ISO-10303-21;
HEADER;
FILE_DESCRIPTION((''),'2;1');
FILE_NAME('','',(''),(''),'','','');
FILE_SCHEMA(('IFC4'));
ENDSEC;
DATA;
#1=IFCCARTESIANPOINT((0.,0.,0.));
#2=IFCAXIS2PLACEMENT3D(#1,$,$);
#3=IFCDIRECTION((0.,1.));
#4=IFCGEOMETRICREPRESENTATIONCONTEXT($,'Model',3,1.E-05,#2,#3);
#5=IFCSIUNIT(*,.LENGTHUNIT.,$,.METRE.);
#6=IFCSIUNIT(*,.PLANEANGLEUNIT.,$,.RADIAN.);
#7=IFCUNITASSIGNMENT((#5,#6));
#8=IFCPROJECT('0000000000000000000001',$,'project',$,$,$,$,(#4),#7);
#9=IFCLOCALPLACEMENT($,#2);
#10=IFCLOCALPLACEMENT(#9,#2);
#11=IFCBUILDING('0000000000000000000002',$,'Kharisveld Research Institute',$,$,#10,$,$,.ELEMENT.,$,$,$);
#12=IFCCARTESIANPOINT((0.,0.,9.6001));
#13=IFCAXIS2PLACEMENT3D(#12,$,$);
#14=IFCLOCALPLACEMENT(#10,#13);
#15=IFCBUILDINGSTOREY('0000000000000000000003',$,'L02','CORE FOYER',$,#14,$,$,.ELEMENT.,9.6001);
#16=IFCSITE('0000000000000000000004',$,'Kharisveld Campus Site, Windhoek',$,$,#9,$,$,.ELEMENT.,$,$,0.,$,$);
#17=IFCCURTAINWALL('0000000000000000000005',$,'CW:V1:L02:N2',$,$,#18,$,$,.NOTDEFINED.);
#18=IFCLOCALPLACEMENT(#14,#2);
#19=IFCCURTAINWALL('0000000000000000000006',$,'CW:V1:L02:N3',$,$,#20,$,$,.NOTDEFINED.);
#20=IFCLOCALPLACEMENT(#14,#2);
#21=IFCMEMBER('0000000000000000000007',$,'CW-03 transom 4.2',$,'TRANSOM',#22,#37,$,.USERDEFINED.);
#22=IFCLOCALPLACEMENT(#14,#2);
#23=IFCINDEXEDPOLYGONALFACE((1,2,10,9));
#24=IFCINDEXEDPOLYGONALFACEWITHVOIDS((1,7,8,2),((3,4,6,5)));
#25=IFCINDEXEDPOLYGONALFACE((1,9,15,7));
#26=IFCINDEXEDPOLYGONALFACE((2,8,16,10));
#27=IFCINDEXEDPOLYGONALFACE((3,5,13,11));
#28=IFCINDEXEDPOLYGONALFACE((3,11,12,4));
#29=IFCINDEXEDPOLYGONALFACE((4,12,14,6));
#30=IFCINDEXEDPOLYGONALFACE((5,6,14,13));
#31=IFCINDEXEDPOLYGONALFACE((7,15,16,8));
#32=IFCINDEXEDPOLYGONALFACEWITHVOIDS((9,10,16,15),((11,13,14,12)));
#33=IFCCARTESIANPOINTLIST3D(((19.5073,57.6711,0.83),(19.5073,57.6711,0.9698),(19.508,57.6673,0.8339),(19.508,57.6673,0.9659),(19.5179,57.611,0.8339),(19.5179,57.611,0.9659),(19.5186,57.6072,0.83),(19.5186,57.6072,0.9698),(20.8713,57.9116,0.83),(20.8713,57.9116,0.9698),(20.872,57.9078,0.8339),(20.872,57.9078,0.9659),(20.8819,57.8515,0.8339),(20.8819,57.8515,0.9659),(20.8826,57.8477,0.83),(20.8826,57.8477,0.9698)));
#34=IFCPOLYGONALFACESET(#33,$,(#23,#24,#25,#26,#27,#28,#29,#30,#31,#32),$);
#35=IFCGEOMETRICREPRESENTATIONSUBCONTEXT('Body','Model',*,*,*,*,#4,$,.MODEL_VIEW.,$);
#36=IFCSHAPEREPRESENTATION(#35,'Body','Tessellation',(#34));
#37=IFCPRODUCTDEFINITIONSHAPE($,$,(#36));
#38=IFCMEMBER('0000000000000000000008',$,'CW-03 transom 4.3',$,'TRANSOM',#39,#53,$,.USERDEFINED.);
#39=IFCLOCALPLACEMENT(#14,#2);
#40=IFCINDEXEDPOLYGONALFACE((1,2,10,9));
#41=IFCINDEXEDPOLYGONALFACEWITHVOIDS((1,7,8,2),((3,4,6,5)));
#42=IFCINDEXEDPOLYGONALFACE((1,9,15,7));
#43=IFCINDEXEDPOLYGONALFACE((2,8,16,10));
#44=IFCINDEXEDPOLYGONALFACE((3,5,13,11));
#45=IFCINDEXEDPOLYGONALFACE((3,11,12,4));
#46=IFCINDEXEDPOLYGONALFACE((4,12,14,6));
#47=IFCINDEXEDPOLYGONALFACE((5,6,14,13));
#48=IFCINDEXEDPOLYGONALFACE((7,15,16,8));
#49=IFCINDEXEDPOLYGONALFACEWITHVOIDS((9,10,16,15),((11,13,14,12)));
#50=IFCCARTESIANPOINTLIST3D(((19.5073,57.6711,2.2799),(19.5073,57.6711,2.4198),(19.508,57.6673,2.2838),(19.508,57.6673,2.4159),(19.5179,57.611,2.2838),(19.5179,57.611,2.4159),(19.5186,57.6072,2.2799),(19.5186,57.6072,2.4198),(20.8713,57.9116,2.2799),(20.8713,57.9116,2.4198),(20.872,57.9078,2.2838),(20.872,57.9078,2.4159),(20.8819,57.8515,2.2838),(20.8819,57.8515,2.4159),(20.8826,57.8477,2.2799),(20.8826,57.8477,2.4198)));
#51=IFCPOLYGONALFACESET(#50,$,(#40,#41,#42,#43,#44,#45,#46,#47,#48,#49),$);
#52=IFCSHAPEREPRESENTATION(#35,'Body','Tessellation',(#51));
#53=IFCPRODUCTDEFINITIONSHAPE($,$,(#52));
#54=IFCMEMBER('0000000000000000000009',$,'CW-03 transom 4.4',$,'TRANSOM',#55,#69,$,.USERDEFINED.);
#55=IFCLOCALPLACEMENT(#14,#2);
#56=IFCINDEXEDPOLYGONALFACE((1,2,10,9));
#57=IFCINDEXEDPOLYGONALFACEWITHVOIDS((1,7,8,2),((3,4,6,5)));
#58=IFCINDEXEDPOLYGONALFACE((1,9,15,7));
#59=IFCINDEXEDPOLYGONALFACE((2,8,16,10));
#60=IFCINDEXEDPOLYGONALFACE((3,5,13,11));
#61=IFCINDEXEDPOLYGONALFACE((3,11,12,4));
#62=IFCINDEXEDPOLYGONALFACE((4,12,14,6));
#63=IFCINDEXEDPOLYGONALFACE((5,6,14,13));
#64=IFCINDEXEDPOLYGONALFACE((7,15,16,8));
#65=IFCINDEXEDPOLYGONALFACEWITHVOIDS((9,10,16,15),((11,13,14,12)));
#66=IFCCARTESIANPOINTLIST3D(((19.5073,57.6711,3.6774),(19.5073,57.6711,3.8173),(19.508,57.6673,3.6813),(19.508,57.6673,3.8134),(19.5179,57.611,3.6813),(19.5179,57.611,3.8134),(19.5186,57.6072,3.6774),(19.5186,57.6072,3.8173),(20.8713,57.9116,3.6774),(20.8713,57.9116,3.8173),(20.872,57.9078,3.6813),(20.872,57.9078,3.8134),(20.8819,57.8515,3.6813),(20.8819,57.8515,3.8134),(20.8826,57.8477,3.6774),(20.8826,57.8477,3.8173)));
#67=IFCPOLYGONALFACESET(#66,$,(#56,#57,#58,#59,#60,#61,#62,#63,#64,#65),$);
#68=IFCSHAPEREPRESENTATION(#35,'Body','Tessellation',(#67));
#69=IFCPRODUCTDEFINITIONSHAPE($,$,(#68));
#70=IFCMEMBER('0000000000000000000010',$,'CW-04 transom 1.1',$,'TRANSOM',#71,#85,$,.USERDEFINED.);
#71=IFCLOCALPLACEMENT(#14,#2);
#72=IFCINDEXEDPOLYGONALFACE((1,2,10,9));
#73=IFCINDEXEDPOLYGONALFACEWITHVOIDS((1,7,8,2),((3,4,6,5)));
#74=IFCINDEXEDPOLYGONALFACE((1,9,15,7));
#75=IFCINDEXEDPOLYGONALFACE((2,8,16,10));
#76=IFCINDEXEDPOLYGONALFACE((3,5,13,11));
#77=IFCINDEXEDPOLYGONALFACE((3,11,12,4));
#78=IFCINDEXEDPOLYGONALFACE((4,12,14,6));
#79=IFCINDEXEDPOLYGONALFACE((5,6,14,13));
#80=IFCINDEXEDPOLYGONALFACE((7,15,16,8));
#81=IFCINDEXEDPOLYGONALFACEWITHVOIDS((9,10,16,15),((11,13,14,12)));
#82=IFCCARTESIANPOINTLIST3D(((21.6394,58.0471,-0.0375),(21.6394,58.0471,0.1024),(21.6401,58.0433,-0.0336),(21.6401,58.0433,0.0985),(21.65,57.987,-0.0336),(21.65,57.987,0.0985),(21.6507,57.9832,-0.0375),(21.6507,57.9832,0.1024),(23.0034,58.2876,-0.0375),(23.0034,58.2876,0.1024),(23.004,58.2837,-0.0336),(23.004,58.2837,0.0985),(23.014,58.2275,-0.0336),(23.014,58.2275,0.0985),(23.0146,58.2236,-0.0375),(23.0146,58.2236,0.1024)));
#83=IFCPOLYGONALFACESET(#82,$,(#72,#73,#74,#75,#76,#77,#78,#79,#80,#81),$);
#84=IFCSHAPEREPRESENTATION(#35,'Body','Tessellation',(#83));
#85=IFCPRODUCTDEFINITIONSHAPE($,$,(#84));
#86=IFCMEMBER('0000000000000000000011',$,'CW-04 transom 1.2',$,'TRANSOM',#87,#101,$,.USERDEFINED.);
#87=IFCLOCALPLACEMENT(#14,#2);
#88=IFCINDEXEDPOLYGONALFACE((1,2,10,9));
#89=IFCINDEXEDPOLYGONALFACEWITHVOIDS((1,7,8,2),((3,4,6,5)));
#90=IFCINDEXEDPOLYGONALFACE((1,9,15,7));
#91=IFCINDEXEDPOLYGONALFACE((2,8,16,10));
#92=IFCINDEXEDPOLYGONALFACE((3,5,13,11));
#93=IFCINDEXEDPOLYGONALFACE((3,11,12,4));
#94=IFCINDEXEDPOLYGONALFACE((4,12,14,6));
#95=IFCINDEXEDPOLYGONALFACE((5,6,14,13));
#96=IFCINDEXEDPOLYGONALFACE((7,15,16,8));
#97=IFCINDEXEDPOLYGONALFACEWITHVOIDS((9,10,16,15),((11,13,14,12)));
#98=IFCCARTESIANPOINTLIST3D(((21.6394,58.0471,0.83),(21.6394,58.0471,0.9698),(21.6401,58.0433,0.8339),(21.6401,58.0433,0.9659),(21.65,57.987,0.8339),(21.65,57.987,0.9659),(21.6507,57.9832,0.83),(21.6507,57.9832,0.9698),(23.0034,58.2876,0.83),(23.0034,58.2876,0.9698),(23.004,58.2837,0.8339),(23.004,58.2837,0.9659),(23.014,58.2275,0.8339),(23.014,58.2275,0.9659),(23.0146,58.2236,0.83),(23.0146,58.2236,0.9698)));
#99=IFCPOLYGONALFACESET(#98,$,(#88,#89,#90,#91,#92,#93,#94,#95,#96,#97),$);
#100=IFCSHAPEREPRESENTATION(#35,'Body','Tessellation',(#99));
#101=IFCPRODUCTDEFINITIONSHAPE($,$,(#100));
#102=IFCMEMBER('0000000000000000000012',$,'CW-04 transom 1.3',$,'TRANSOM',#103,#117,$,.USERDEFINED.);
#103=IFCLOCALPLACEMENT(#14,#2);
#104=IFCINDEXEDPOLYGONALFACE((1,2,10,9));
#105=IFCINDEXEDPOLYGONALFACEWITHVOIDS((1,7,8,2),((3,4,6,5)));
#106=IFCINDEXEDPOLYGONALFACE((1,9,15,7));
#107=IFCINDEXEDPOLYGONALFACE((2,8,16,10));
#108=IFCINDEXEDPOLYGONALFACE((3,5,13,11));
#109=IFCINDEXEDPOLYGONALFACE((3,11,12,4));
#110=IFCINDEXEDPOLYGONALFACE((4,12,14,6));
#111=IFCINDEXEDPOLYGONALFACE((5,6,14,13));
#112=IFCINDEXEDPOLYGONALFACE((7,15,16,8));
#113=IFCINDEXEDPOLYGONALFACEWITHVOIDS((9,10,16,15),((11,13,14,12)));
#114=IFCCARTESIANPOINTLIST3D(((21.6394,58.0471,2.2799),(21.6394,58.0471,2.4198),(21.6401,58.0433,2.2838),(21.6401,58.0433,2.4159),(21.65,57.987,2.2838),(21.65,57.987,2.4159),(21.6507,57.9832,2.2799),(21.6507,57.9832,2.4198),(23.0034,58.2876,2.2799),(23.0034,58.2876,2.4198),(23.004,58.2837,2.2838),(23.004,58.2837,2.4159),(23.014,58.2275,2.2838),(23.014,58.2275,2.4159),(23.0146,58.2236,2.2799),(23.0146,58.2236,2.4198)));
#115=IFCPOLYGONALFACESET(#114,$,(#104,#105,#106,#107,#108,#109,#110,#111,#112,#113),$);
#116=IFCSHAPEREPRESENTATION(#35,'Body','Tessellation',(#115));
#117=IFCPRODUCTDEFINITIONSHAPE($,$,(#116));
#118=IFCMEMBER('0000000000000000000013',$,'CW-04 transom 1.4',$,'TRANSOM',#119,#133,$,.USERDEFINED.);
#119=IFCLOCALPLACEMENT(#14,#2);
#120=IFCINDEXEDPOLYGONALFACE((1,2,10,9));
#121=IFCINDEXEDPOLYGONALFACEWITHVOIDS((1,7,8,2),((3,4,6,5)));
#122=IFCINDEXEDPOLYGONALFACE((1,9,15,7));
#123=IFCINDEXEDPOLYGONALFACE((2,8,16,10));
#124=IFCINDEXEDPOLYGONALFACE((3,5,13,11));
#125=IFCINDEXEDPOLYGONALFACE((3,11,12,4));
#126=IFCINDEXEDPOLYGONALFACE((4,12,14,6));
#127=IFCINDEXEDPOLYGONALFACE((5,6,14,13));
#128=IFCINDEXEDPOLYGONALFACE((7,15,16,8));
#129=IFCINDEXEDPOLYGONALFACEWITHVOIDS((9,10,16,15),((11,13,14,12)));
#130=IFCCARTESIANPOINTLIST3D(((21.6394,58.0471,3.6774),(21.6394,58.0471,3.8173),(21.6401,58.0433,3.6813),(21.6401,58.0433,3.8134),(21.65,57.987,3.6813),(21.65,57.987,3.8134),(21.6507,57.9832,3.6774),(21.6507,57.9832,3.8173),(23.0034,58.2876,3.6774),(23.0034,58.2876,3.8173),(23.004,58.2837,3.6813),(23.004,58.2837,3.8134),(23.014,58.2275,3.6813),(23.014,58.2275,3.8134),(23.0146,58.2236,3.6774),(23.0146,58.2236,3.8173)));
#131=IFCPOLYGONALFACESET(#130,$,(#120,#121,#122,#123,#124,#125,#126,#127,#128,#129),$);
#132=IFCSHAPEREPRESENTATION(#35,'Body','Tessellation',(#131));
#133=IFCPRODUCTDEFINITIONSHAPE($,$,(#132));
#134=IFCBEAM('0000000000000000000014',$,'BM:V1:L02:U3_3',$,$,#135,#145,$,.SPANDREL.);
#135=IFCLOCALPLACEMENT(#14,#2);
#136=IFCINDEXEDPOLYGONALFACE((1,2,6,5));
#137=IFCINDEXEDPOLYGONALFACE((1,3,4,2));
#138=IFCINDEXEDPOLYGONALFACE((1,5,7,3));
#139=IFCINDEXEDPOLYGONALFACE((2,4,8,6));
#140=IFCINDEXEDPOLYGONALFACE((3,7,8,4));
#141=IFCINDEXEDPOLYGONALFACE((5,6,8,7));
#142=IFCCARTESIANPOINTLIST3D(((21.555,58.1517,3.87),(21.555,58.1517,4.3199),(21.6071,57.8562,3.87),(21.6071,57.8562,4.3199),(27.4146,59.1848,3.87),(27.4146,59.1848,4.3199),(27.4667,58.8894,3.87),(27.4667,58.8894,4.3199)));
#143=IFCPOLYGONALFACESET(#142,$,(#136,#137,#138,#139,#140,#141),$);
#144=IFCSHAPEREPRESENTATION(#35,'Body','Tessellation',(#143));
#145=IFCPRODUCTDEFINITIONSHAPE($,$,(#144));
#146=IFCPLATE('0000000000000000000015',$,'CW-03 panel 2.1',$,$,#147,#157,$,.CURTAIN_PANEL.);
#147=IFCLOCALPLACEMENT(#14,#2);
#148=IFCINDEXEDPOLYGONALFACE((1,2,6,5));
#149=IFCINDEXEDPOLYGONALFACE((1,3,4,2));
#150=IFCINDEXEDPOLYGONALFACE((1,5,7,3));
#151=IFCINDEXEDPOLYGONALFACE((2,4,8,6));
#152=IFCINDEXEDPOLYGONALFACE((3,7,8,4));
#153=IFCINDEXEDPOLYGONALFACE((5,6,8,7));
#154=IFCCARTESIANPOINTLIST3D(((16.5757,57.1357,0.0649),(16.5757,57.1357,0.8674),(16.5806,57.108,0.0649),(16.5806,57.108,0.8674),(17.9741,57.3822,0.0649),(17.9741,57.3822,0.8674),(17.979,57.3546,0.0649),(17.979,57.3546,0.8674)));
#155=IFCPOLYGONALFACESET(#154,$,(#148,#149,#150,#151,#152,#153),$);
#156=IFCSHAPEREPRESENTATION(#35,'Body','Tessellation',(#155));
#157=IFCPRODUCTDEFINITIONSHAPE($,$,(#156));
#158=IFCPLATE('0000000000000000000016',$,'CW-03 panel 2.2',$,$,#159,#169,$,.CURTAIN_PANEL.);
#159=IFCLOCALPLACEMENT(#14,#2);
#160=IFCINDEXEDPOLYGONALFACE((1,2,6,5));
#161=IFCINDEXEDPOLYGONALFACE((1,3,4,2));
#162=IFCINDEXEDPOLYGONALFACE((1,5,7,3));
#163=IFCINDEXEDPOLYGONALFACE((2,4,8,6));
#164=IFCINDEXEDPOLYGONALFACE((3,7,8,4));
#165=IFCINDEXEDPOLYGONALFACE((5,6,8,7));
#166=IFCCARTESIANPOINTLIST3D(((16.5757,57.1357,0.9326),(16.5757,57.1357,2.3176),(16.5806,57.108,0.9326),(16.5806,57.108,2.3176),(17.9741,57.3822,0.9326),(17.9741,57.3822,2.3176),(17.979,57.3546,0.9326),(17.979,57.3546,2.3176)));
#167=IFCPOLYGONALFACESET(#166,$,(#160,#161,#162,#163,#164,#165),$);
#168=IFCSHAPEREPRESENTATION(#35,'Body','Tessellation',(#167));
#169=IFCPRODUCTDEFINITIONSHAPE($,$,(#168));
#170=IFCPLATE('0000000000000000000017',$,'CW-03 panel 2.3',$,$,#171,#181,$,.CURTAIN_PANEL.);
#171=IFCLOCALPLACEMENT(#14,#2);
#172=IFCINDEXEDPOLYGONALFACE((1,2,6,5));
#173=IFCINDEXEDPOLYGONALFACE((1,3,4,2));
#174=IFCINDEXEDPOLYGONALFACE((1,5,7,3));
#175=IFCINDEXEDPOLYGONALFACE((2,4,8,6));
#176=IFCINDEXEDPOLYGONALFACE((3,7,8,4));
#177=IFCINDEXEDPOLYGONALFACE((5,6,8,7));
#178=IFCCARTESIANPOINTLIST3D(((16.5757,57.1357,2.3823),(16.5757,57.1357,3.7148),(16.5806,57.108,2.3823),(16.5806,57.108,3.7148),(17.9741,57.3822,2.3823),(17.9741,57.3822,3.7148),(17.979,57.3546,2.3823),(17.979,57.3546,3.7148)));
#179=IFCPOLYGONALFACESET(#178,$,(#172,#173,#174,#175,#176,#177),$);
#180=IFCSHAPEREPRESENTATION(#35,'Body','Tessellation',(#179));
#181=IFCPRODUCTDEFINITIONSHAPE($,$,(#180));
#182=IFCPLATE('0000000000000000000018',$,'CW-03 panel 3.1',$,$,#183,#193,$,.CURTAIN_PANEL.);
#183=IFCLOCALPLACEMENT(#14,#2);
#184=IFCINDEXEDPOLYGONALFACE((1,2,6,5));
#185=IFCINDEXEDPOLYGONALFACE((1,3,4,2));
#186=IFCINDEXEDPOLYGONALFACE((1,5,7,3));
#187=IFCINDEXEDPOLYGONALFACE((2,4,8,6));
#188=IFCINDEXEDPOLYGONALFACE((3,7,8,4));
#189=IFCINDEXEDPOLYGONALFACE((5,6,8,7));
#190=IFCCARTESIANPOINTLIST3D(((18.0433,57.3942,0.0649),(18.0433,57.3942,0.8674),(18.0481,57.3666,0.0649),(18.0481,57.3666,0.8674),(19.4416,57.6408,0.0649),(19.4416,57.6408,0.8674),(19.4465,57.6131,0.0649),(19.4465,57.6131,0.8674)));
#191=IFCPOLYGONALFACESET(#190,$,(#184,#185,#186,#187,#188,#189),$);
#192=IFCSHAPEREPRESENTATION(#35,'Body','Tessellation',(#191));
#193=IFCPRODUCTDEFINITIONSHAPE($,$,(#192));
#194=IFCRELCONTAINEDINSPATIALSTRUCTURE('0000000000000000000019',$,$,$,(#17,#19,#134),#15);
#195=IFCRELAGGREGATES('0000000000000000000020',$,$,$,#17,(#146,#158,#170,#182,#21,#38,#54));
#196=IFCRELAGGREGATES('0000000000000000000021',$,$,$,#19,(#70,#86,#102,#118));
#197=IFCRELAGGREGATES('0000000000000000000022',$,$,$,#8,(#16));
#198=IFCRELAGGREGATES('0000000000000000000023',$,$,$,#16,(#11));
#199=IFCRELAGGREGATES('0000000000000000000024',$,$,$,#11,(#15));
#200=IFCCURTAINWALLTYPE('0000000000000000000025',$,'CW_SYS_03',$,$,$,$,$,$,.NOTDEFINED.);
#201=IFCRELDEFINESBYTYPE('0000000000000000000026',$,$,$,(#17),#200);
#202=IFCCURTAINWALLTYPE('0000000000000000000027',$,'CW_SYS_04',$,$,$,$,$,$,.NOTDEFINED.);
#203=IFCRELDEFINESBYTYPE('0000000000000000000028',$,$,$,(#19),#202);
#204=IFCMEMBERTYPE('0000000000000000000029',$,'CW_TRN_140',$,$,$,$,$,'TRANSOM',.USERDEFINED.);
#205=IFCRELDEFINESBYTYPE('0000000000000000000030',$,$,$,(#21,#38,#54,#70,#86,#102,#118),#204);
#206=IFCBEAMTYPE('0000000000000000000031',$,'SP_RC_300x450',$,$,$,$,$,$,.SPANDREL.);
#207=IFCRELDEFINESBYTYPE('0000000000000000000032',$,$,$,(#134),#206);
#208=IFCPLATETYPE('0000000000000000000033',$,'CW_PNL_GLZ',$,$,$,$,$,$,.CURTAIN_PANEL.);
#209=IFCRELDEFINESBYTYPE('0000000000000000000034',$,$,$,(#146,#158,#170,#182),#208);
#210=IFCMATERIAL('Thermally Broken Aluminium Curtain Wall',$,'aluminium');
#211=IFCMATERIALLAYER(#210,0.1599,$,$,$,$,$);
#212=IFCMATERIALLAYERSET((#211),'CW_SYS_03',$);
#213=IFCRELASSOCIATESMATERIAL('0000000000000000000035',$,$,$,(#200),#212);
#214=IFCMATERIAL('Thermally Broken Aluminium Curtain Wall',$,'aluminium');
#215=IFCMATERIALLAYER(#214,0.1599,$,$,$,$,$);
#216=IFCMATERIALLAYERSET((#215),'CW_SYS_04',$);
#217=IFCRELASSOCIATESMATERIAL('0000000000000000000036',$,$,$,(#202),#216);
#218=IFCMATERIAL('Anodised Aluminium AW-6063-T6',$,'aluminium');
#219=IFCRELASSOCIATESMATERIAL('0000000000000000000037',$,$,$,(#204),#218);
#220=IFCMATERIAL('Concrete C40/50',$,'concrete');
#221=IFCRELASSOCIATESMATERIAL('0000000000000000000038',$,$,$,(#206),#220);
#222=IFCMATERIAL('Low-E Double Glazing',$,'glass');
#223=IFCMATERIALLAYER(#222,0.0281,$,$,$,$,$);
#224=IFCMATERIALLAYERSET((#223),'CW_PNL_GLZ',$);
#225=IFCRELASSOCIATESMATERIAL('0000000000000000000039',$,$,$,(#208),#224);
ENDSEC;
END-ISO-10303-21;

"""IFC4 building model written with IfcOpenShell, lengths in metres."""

from ifc_helpers import new_model, si_unit, direction, frame, origin, origin_2d, place, context, subcontext, project, spatial, rectangle, hollow_rectangle, extrude, material, layer, layer_set, material_profile, profile_set, type_object, element, aggregate, save


model = new_model("IFC4")

# Units and contexts
model_context = context("Model", 3, precision=1e-05, world=origin(), true_north=direction((0.0, 1.0)))
body_context = subcontext(model_context, "Body", "Model", "MODEL_VIEW")
ifc_project = project(units=[si_unit("LENGTHUNIT", "METRE"), si_unit("PLANEANGLEUNIT", "RADIAN")], contexts=[model_context])

# Site, building, storey
site_placement = place(None, origin())
site = spatial("IfcSite", under=ifc_project, at=site_placement, Name="Kharisveld Campus Site, Windhoek", CompositionType="ELEMENT", RefElevation=0.0)
building_placement = place(site_placement, origin())
building = spatial("IfcBuilding", under=site, at=building_placement, Name="Kharisveld Research Institute", CompositionType="ELEMENT")
storey_placement = place(building_placement, frame((0.0, 0.0, 9.6001)))
storey = spatial("IfcBuildingStorey", under=building, at=storey_placement, Name="L02", Description="CORE FOYER", CompositionType="ELEMENT", Elevation=9.6001)

# Curtain wall
ifc_material_1 = material(Name="Thermally Broken Aluminium Curtain Wall", Category="aluminium")
ifc_layer_1 = layer(ifc_material_1, 0.1599)
ifc_layer_set_1 = layer_set([ifc_layer_1], Name="CW_SYS_03")
curtain_wall_type_1 = type_object("IfcCurtainWallType", Name="CW_SYS_03", PredefinedType="NOTDEFINED", material=ifc_layer_set_1)
curtain_wall_1_placement = place(storey_placement, origin())
curtain_wall_1 = element("IfcCurtainWall", 1, at=curtain_wall_1_placement, inside=storey, type_object=curtain_wall_type_1, Name="CW:V1:L02:N2", PredefinedType="NOTDEFINED")

# Curtain wall
ifc_material_2 = material(Name="Thermally Broken Aluminium Curtain Wall", Category="aluminium")
ifc_layer_2 = layer(ifc_material_2, 0.1599)
ifc_layer_set_2 = layer_set([ifc_layer_2], Name="CW_SYS_04")
curtain_wall_type_2 = type_object("IfcCurtainWallType", Name="CW_SYS_04", PredefinedType="NOTDEFINED", material=ifc_layer_set_2)
curtain_wall_2_placement = place(storey_placement, origin())
curtain_wall_2 = element("IfcCurtainWall", 2, at=curtain_wall_2_placement, inside=storey, type_object=curtain_wall_type_2, Name="CW:V1:L02:N3", PredefinedType="NOTDEFINED")

# Members
ifc_material_3 = material(Name="Anodised Aluminium AW-6063-T6", Category="aluminium")
ifc_material_profile_1 = material_profile(ifc_material_3, hollow_rectangle(XDim=0.0649, YDim=0.1399, WallThickness=0.0039, at=origin_2d()))
ifc_profile_set_1 = profile_set([ifc_material_profile_1], Name="Anodised Aluminium AW-6063-T6")
member_type_1 = type_object("IfcMemberType", Name="CW_TRN_140", ElementType="TRANSOM", PredefinedType="USERDEFINED", material=ifc_profile_set_1)
member_1_placement = place(storey_placement, frame((19.5129, 57.6392, 0.8999), z_axis=(0.984812, 0.173624, 0.0), x_axis=(-0.173624, 0.984812, 0.0)))
member_1 = element("IfcMember", 3, at=member_1_placement, type_object=member_type_1, Name="CW-03 transom 4.2", ObjectType="TRANSOM", PredefinedType="USERDEFINED", context=body_context, shape_type="SweptSolid", body=[
    extrude(hollow_rectangle(XDim=0.0649, YDim=0.1399, WallThickness=0.0039, at=origin_2d()), origin(), (0.0, 0.0, 1.0), 1.385),
])
member_2_placement = place(storey_placement, frame((19.5129, 57.6392, 2.3499), z_axis=(0.984812, 0.173624, 0.0), x_axis=(-0.173624, 0.984812, 0.0)))
member_2 = element("IfcMember", 4, at=member_2_placement, type_object=member_type_1, Name="CW-03 transom 4.3", ObjectType="TRANSOM", PredefinedType="USERDEFINED", context=body_context, shape_type="SweptSolid", body=[
    extrude(hollow_rectangle(XDim=0.0649, YDim=0.1399, WallThickness=0.0039, at=origin_2d()), origin(), (0.0, 0.0, 1.0), 1.385),
])
member_3_placement = place(storey_placement, frame((19.5129, 57.6392, 3.7473), z_axis=(0.984812, 0.173624, 0.0), x_axis=(-0.173624, 0.984812, 0.0)))
member_3 = element("IfcMember", 5, at=member_3_placement, type_object=member_type_1, Name="CW-03 transom 4.4", ObjectType="TRANSOM", PredefinedType="USERDEFINED", context=body_context, shape_type="SweptSolid", body=[
    extrude(hollow_rectangle(XDim=0.0649, YDim=0.1399, WallThickness=0.0039, at=origin_2d()), origin(), (0.0, 0.0, 1.0), 1.385),
])
member_4_placement = place(storey_placement, frame((21.645, 58.0151, 0.0325), z_axis=(0.984812, 0.173624, 0.0), x_axis=(-0.173624, 0.984812, 0.0)))
member_4 = element("IfcMember", 6, at=member_4_placement, type_object=member_type_1, Name="CW-04 transom 1.1", ObjectType="TRANSOM", PredefinedType="USERDEFINED", context=body_context, shape_type="SweptSolid", body=[
    extrude(hollow_rectangle(XDim=0.0649, YDim=0.1399, WallThickness=0.0039, at=origin_2d()), origin(), (0.0, 0.0, 1.0), 1.385),
])
member_5_placement = place(storey_placement, frame((21.645, 58.0151, 0.8999), z_axis=(0.984812, 0.173624, 0.0), x_axis=(-0.173624, 0.984812, 0.0)))
member_5 = element("IfcMember", 7, at=member_5_placement, type_object=member_type_1, Name="CW-04 transom 1.2", ObjectType="TRANSOM", PredefinedType="USERDEFINED", context=body_context, shape_type="SweptSolid", body=[
    extrude(hollow_rectangle(XDim=0.0649, YDim=0.1399, WallThickness=0.0039, at=origin_2d()), origin(), (0.0, 0.0, 1.0), 1.385),
])
member_6_placement = place(storey_placement, frame((21.645, 58.0151, 2.3499), z_axis=(0.984812, 0.173624, 0.0), x_axis=(-0.173624, 0.984812, 0.0)))
member_6 = element("IfcMember", 8, at=member_6_placement, type_object=member_type_1, Name="CW-04 transom 1.3", ObjectType="TRANSOM", PredefinedType="USERDEFINED", context=body_context, shape_type="SweptSolid", body=[
    extrude(hollow_rectangle(XDim=0.0649, YDim=0.1399, WallThickness=0.0039, at=origin_2d()), origin(), (0.0, 0.0, 1.0), 1.385),
])
member_7_placement = place(storey_placement, frame((21.645, 58.0151, 3.7473), z_axis=(0.984812, 0.173624, 0.0), x_axis=(-0.173624, 0.984812, 0.0)))
member_7 = element("IfcMember", 9, at=member_7_placement, type_object=member_type_1, Name="CW-04 transom 1.4", ObjectType="TRANSOM", PredefinedType="USERDEFINED", context=body_context, shape_type="SweptSolid", body=[
    extrude(hollow_rectangle(XDim=0.0649, YDim=0.1399, WallThickness=0.0039, at=origin_2d()), origin(), (0.0, 0.0, 1.0), 1.385),
])

# Beam
ifc_material_4 = material(Name="Concrete C40/50", Category="concrete")
ifc_material_profile_2 = material_profile(ifc_material_4, rectangle(XDim=0.3, YDim=0.45, at=origin_2d()))
ifc_profile_set_2 = profile_set([ifc_material_profile_2], Name="Concrete C40/50")
beam_type = type_object("IfcBeamType", Name="SP_RC_300x450", PredefinedType="SPANDREL", material=ifc_profile_set_2)
beam_placement = place(storey_placement, frame((21.5811, 58.0039, 4.095), z_axis=(0.984808, 0.173647, 0.0), x_axis=(-0.173647, 0.984808, 0.0)))
element("IfcBeam", 10, at=beam_placement, inside=storey, type_object=beam_type, Name="BM:V1:L02:U3_3", PredefinedType="SPANDREL", context=body_context, shape_type="SweptSolid", body=[
    extrude(rectangle(XDim=0.3, YDim=0.45, at=origin_2d()), origin(), (0.0, 0.0, 1.0), 5.95),
])

# Plates
ifc_material_5 = material(Name="Low-E Double Glazing", Category="glass")
ifc_layer_3 = layer(ifc_material_5, 0.0281)
ifc_layer_set_3 = layer_set([ifc_layer_3], Name="CW_PNL_GLZ")
plate_type = type_object("IfcPlateType", Name="CW_PNL_GLZ", PredefinedType="CURTAIN_PANEL", material=ifc_layer_set_3)
plate_1_placement = place(storey_placement, frame((17.2773, 57.2451, 0.0649), z_axis=(0.0, 0.0, 1.0), x_axis=(0.984808, 0.173648, 0.0)))
plate_1 = element("IfcPlate", 11, at=plate_1_placement, type_object=plate_type, Name="CW-03 panel 2.1", PredefinedType="CURTAIN_PANEL", context=body_context, shape_type="SweptSolid", body=[
    extrude(rectangle(XDim=1.4199, YDim=0.0281, at=origin_2d()), origin(), (0.0, 0.0, 1.0), 0.8025),
])
plate_2_placement = place(storey_placement, frame((17.2773, 57.2451, 0.9326), z_axis=(0.0, 0.0, 1.0), x_axis=(0.984808, 0.173648, 0.0)))
plate_2 = element("IfcPlate", 12, at=plate_2_placement, type_object=plate_type, Name="CW-03 panel 2.2", PredefinedType="CURTAIN_PANEL", context=body_context, shape_type="SweptSolid", body=[
    extrude(rectangle(XDim=1.4199, YDim=0.0281, at=origin_2d()), origin(), (0.0, 0.0, 1.0), 1.385),
])
plate_3_placement = place(storey_placement, frame((17.2773, 57.2451, 2.3823), z_axis=(0.0, 0.0, 1.0), x_axis=(0.984808, 0.173648, 0.0)))
plate_3 = element("IfcPlate", 13, at=plate_3_placement, type_object=plate_type, Name="CW-03 panel 2.3", PredefinedType="CURTAIN_PANEL", context=body_context, shape_type="SweptSolid", body=[
    extrude(rectangle(XDim=1.4199, YDim=0.0281, at=origin_2d()), origin(), (0.0, 0.0, 1.0), 1.3325),
])
plate_4_placement = place(storey_placement, frame((18.7449, 57.5037, 0.0649), z_axis=(0.0, 0.0, 1.0), x_axis=(0.984808, 0.173648, 0.0)))
plate_4 = element("IfcPlate", 14, at=plate_4_placement, type_object=plate_type, Name="CW-03 panel 3.1", PredefinedType="CURTAIN_PANEL", context=body_context, shape_type="SweptSolid", body=[
    extrude(rectangle(XDim=1.4199, YDim=0.0281, at=origin_2d()), origin(), (0.0, 0.0, 1.0), 0.8025),
])
aggregate(curtain_wall_1, [plate_1, plate_2, plate_3, plate_4, member_1, member_2, member_3])
aggregate(curtain_wall_2, [member_4, member_5, member_6, member_7])

save(model, "model.ifc")
